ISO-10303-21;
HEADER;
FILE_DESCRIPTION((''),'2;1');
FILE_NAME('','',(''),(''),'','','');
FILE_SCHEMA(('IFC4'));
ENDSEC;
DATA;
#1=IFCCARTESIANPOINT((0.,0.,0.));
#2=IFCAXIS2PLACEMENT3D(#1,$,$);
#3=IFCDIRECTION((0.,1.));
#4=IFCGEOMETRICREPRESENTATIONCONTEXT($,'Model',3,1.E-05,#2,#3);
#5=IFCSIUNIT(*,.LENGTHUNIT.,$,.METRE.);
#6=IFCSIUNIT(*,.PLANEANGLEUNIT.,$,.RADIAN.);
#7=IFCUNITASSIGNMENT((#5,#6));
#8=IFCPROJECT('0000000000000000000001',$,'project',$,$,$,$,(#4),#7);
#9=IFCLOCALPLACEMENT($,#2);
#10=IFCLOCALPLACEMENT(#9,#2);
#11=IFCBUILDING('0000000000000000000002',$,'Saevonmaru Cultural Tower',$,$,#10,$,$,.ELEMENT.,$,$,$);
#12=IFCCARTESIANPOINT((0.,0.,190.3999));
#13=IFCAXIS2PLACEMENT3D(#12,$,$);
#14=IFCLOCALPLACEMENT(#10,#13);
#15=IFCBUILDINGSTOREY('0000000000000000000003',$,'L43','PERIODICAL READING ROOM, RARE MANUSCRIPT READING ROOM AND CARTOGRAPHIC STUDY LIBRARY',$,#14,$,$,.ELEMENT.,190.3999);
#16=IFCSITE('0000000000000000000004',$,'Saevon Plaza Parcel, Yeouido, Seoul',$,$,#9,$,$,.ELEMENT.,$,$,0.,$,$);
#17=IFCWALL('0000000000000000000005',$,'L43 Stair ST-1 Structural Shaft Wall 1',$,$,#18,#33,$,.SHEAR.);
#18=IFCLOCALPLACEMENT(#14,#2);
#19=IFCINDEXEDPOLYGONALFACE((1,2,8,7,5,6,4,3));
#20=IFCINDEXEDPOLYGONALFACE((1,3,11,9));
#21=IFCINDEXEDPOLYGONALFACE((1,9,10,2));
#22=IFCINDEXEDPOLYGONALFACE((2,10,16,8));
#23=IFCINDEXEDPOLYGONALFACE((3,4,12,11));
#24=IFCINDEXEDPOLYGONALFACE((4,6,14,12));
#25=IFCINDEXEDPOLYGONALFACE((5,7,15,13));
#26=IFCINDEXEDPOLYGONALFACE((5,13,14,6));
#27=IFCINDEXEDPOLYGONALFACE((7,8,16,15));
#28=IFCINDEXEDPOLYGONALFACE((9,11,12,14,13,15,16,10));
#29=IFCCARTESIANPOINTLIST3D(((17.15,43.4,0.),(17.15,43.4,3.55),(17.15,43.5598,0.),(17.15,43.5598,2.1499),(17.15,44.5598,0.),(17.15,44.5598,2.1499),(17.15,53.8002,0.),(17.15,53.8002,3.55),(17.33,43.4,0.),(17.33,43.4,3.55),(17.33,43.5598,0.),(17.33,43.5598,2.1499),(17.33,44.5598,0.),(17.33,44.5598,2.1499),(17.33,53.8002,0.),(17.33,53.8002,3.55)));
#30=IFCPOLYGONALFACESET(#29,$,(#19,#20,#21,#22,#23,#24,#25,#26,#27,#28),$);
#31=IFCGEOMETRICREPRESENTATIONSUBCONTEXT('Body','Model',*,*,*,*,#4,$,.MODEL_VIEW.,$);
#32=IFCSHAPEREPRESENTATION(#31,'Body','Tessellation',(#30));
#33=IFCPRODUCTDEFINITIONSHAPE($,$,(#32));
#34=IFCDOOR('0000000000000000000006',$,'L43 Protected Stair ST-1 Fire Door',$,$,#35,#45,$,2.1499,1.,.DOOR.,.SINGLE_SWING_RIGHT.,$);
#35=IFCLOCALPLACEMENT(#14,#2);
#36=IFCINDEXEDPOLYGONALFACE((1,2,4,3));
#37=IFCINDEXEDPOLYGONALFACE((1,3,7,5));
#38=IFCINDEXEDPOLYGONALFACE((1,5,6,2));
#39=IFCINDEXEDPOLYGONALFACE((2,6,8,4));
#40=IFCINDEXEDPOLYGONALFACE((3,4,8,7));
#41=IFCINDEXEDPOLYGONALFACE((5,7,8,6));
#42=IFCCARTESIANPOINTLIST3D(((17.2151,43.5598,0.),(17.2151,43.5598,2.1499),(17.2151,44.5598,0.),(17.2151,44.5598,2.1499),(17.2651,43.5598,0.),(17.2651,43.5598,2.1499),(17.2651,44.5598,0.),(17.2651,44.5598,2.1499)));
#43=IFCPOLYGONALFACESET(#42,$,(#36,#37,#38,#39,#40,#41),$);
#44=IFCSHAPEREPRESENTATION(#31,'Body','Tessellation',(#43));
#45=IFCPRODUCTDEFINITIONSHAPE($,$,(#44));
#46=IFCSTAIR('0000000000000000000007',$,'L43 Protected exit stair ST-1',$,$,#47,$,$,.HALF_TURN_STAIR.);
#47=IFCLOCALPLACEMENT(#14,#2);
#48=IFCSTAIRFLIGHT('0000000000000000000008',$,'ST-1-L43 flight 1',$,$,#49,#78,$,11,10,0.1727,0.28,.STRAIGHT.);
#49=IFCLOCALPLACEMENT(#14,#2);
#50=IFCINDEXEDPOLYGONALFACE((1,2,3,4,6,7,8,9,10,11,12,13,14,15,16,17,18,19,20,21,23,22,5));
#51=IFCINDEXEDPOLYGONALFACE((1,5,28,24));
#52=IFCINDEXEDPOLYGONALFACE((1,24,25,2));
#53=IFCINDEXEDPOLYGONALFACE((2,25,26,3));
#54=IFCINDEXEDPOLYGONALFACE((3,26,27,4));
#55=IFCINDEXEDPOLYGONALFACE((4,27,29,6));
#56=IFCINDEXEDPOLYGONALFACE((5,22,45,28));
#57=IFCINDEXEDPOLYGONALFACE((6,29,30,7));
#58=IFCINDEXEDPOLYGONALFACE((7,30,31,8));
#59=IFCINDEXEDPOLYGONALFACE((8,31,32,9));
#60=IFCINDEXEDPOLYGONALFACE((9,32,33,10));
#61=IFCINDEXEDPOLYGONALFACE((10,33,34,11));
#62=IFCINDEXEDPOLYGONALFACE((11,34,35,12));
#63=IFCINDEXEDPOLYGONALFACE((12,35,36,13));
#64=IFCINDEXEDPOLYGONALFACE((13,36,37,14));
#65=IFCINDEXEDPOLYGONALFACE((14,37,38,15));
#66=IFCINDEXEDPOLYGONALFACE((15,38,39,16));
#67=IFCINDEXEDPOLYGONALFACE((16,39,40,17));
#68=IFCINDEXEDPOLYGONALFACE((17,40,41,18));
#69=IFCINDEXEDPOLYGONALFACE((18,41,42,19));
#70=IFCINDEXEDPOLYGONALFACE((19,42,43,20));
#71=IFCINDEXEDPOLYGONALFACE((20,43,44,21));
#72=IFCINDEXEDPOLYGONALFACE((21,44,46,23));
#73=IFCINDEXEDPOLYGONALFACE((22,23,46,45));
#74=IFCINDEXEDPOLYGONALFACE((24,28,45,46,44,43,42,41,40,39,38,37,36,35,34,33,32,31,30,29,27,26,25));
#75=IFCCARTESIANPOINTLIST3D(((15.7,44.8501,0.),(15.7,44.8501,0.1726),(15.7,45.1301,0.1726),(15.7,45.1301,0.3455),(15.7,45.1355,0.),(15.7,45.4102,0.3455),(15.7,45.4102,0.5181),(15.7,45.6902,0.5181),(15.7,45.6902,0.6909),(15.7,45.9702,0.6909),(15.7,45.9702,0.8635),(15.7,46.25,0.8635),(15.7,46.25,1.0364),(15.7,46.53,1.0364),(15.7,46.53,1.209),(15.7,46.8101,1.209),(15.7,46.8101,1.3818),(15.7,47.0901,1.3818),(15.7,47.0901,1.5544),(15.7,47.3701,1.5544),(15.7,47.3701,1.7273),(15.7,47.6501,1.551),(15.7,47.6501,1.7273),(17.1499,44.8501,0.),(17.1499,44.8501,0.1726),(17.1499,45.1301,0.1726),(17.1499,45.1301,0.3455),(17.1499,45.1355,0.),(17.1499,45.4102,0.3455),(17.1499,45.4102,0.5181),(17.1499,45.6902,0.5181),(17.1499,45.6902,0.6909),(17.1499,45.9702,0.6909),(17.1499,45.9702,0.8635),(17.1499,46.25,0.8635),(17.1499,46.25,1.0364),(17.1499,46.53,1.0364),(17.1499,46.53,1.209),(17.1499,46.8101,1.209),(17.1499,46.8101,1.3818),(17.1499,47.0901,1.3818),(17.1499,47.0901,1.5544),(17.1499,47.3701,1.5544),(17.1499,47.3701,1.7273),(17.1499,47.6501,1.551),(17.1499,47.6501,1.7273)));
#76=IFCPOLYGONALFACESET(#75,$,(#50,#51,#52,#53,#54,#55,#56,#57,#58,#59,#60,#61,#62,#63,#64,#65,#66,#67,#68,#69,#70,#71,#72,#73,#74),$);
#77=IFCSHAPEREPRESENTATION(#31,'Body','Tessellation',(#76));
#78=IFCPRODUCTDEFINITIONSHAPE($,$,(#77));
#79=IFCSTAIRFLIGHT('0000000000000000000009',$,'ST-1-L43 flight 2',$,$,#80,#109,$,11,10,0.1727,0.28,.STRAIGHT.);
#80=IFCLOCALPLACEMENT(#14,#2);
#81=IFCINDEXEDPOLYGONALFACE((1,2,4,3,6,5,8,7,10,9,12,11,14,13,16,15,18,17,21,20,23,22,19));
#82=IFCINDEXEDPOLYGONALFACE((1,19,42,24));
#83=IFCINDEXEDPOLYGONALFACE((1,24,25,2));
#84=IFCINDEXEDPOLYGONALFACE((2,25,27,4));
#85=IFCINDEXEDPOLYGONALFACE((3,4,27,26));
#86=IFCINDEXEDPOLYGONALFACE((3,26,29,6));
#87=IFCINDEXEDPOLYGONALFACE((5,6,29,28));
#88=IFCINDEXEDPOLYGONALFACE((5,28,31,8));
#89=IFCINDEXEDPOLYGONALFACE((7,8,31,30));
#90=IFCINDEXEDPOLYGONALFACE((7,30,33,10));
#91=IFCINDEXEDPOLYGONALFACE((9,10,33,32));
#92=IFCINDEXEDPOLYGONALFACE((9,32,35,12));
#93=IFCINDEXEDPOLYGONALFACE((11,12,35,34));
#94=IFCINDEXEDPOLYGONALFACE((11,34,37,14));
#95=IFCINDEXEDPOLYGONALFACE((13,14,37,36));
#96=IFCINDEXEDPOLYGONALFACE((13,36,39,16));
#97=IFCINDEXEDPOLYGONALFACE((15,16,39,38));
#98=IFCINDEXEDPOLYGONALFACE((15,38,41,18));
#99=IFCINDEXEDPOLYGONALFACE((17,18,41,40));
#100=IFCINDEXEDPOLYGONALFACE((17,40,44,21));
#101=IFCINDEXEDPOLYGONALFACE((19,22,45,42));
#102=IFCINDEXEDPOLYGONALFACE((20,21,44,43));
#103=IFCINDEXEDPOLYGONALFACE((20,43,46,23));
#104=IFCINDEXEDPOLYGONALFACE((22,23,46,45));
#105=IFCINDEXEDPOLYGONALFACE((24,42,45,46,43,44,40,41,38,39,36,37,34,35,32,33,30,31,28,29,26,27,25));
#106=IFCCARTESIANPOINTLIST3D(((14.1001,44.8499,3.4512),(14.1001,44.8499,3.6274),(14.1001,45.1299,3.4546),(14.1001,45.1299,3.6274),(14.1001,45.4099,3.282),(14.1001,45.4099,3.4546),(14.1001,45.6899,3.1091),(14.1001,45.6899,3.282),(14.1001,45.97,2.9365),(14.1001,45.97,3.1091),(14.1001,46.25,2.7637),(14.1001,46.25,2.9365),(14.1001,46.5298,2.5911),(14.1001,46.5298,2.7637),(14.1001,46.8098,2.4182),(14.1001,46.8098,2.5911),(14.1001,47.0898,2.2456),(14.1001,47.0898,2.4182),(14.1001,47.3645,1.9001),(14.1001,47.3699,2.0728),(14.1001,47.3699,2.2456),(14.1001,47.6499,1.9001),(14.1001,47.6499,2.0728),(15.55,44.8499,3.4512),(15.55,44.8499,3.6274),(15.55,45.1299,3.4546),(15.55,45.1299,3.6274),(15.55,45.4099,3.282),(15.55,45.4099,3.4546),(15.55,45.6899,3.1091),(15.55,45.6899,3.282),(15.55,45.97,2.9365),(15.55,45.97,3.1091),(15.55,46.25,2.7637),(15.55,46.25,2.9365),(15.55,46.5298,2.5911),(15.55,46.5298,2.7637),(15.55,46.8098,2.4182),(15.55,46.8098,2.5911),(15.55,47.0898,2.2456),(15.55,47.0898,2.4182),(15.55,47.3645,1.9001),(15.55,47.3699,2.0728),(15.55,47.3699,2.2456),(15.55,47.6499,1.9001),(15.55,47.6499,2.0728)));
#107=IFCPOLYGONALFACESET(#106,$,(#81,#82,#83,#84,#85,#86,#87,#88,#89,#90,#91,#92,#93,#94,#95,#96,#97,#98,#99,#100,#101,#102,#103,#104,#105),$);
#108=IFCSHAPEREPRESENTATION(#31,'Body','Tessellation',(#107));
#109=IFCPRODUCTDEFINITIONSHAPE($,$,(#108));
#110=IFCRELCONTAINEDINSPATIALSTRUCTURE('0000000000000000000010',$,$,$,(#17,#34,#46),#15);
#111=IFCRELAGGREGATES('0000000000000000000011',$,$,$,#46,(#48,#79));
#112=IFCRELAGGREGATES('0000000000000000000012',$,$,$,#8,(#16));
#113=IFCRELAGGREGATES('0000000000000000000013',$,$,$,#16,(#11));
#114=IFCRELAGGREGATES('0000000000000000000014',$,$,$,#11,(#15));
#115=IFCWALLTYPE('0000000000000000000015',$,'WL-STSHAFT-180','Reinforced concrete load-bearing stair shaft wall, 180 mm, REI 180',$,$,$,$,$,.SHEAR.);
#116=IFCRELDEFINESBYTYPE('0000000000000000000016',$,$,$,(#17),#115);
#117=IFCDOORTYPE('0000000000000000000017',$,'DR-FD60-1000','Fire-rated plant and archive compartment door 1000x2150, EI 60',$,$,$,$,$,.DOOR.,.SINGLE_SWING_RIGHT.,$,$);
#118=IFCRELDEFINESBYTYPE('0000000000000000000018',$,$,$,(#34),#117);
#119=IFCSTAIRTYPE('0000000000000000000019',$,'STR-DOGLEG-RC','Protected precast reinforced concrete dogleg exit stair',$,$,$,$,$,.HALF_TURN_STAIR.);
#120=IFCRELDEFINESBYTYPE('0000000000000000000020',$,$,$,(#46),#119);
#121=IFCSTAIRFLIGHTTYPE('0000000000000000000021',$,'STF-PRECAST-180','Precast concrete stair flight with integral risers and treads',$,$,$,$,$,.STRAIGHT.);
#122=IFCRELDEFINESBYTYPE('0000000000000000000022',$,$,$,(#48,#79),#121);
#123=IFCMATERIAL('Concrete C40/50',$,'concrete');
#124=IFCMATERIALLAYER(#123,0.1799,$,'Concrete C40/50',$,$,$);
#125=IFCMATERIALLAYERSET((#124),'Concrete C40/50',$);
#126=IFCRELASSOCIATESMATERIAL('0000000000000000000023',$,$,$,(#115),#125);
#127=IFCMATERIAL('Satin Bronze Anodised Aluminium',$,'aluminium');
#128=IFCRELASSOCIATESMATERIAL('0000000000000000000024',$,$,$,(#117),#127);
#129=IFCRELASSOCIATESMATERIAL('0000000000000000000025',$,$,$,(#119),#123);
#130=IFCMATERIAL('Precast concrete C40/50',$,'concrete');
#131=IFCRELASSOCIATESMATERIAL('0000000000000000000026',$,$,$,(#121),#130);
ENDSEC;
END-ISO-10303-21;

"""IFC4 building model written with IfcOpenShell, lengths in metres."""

from ifc_helpers import new_model, si_unit, direction, frame, frame_2d, origin, place, context, subcontext, project, spatial, polyline, rectangle, outline, extrude, material, layer, layer_set, type_object, element, fill, aggregate, save


model = new_model("IFC4")

# Units and contexts
model_context = context("Model", 3, precision=1e-05, world=origin(), true_north=direction((0.0, 1.0)))
body_context = subcontext(model_context, "Body", "Model", "MODEL_VIEW")
ifc_project = project(units=[si_unit("LENGTHUNIT", "METRE"), si_unit("PLANEANGLEUNIT", "RADIAN")], contexts=[model_context])

# Site, building, storey
site_placement = place(None, origin())
site = spatial("IfcSite", under=ifc_project, at=site_placement, Name="Saevon Plaza Parcel, Yeouido, Seoul", CompositionType="ELEMENT", RefElevation=0.0)
building_placement = place(site_placement, origin())
building = spatial("IfcBuilding", under=site, at=building_placement, Name="Saevonmaru Cultural Tower", CompositionType="ELEMENT")
storey_placement = place(building_placement, frame((0.0, 0.0, 190.3999)))
storey = spatial("IfcBuildingStorey", under=building, at=storey_placement, Name="L43", Description="PERIODICAL READING ROOM, RARE MANUSCRIPT READING ROOM AND CARTOGRAPHIC STUDY LIBRARY", CompositionType="ELEMENT", Elevation=190.3999)

# Shared definitions
ifc_material_1 = material(Name="Satin Bronze Anodised Aluminium", Category="aluminium")

# Shared definitions
ifc_material_2 = material(Name="Concrete C40/50", Category="concrete")

# Wall, opening, door
ifc_layer_1 = layer(ifc_material_2, 0.1799, Name="Concrete C40/50")
ifc_layer_set_1 = layer_set([ifc_layer_1], Name="Concrete C40/50")
wall_type_1 = type_object("IfcWallType", Name="WL-STSHAFT-180", Description="Reinforced concrete load-bearing stair shaft wall, 180 mm, REI 180", PredefinedType="SHEAR", material=ifc_layer_set_1)
wall_1_placement = place(storey_placement, frame((17.24, 43.3999, 0.0), z_axis=(0.0, 0.0, 1.0), x_axis=(0.0, 1.0, 0.0)))
wall_1 = element("IfcWall", 1, at=wall_1_placement, inside=storey, type_object=wall_type_1, Name="L43 Stair ST-1 Structural Shaft Wall 1", PredefinedType="SHEAR", context=body_context, shape_type="SweptSolid", body=[
    extrude(rectangle(XDim=10.4001, YDim=0.1799, at=frame_2d((5.2002, 0.0))), origin(), (0.0, 0.0, 1.0), 3.55),
])
opening_1_placement = place(wall_1_placement, frame((0.1599, 0.0, 0.0)))
opening_1 = element("IfcOpeningElement", 2, at=opening_1_placement, cuts=wall_1, PredefinedType="OPENING", context=body_context, shape_type="SweptSolid", body=[
    extrude(rectangle(XDim=1.0, YDim=2.1499, at=frame_2d((0.5, 1.075))), frame((0.0, 0.1001, 0.0), z_axis=(0.0, -1.0, 0.0), x_axis=(1.0, 0.0, 0.0)), (0.0, 0.0, 1.0), 0.2),
])
door_type_1 = type_object("IfcDoorType", Name="DR-FD60-1000", Description="Fire-rated plant and archive compartment door 1000x2150, EI 60", OperationType="SINGLE_SWING_RIGHT", PredefinedType="DOOR", material=ifc_material_1)
door_1_placement = place(opening_1_placement, origin())
door_1 = element("IfcDoor", 3, at=door_1_placement, inside=storey, type_object=door_type_1, Name="L43 Protected Stair ST-1 Fire Door", OperationType="SINGLE_SWING_RIGHT", OverallHeight=2.1499, OverallWidth=1.0, PredefinedType="DOOR", context=body_context, shape_type="SweptSolid", body=[
    extrude(rectangle(XDim=1.0, YDim=2.1499, at=frame_2d((0.5, 1.075))), frame((0.0, 0.0249, 0.0), z_axis=(0.0, -1.0, 0.0), x_axis=(1.0, 0.0, 0.0)), (0.0, 0.0, 1.0), 0.05),
])
fill(opening_1, door_1)

# Stair, stair flights
stair_type = type_object("IfcStairType", Name="STR-DOGLEG-RC", Description="Protected precast reinforced concrete dogleg exit stair", PredefinedType="HALF_TURN_STAIR", material=ifc_material_2)
stair_placement = place(storey_placement, origin())
stair = element("IfcStair", 4, at=stair_placement, inside=storey, type_object=stair_type, Name="L43 Protected exit stair ST-1", PredefinedType="HALF_TURN_STAIR")
ifc_material_3 = material(Name="Precast concrete C40/50", Category="concrete")
stair_flight_type = type_object("IfcStairFlightType", Name="STF-PRECAST-180", Description="Precast concrete stair flight with integral risers and treads", PredefinedType="STRAIGHT", material=ifc_material_3)
stair_flight_1_placement = place(storey_placement, frame((16.425, 44.8501, 0.0), z_axis=(0.0, 0.0, 1.0), x_axis=(0.0, 1.0, 0.0)))
stair_flight_1 = element("IfcStairFlight", 5, at=stair_flight_1_placement, type_object=stair_flight_type, Name="ST-1-L43 flight 1", NumberOfRisers=11, NumberOfTreads=10, PredefinedType="STRAIGHT", RiserHeight=0.1727, TreadLength=0.28, context=body_context, shape_type="SweptSolid", body=[
    extrude(outline(polyline([(0.0, 0.0), (0.0, 0.1726), (0.28, 0.1726), (0.28, 0.3455), (0.5601, 0.3455), (0.5601, 0.5181), (0.8401, 0.5181), (0.8401, 0.6909), (1.1201, 0.6909), (1.1201, 0.8635), (1.3999, 0.8635), (1.3999, 1.0364), (1.6799, 1.0364), (1.6799, 1.209), (1.96, 1.209), (1.96, 1.3818), (2.24, 1.3818), (2.24, 1.5544), (2.52, 1.5544), (2.52, 1.7273), (2.8, 1.7273), (2.8, 1.8999), (2.8, 1.551), (0.2854, 0.0), (0.0, 0.0)])), frame((0.0, 0.7251, 0.0), z_axis=(0.0, -1.0, 0.0), x_axis=(1.0, 0.0, 0.0)), (0.0, 0.0, 1.0), 1.45),
])
stair_flight_2_placement = place(storey_placement, frame((14.825, 47.6499, 1.9001), z_axis=(0.0, 0.0, 1.0), x_axis=(0.0, -1.0, 0.0)))
stair_flight_2 = element("IfcStairFlight", 6, at=stair_flight_2_placement, type_object=stair_flight_type, Name="ST-1-L43 flight 2", NumberOfRisers=11, NumberOfTreads=10, PredefinedType="STRAIGHT", RiserHeight=0.1727, TreadLength=0.28, context=body_context, shape_type="SweptSolid", body=[
    extrude(outline(polyline([(0.0, 0.0), (0.0, 0.1726), (0.28, 0.1726), (0.28, 0.3455), (0.5601, 0.3455), (0.5601, 0.5181), (0.8401, 0.5181), (0.8401, 0.6909), (1.1201, 0.6909), (1.1201, 0.8635), (1.3999, 0.8635), (1.3999, 1.0364), (1.6799, 1.0364), (1.6799, 1.209), (1.96, 1.209), (1.96, 1.3818), (2.24, 1.3818), (2.24, 1.5544), (2.52, 1.5544), (2.52, 1.7273), (2.8, 1.7273), (2.8, 1.8999), (2.8, 1.551), (0.2854, 0.0), (0.0, 0.0)])), frame((0.0, 0.7251, 0.0), z_axis=(0.0, -1.0, 0.0), x_axis=(1.0, 0.0, 0.0)), (0.0, 0.0, 1.0), 1.45),
])
aggregate(stair, [stair_flight_1, stair_flight_2])

save(model, "model.ifc")
